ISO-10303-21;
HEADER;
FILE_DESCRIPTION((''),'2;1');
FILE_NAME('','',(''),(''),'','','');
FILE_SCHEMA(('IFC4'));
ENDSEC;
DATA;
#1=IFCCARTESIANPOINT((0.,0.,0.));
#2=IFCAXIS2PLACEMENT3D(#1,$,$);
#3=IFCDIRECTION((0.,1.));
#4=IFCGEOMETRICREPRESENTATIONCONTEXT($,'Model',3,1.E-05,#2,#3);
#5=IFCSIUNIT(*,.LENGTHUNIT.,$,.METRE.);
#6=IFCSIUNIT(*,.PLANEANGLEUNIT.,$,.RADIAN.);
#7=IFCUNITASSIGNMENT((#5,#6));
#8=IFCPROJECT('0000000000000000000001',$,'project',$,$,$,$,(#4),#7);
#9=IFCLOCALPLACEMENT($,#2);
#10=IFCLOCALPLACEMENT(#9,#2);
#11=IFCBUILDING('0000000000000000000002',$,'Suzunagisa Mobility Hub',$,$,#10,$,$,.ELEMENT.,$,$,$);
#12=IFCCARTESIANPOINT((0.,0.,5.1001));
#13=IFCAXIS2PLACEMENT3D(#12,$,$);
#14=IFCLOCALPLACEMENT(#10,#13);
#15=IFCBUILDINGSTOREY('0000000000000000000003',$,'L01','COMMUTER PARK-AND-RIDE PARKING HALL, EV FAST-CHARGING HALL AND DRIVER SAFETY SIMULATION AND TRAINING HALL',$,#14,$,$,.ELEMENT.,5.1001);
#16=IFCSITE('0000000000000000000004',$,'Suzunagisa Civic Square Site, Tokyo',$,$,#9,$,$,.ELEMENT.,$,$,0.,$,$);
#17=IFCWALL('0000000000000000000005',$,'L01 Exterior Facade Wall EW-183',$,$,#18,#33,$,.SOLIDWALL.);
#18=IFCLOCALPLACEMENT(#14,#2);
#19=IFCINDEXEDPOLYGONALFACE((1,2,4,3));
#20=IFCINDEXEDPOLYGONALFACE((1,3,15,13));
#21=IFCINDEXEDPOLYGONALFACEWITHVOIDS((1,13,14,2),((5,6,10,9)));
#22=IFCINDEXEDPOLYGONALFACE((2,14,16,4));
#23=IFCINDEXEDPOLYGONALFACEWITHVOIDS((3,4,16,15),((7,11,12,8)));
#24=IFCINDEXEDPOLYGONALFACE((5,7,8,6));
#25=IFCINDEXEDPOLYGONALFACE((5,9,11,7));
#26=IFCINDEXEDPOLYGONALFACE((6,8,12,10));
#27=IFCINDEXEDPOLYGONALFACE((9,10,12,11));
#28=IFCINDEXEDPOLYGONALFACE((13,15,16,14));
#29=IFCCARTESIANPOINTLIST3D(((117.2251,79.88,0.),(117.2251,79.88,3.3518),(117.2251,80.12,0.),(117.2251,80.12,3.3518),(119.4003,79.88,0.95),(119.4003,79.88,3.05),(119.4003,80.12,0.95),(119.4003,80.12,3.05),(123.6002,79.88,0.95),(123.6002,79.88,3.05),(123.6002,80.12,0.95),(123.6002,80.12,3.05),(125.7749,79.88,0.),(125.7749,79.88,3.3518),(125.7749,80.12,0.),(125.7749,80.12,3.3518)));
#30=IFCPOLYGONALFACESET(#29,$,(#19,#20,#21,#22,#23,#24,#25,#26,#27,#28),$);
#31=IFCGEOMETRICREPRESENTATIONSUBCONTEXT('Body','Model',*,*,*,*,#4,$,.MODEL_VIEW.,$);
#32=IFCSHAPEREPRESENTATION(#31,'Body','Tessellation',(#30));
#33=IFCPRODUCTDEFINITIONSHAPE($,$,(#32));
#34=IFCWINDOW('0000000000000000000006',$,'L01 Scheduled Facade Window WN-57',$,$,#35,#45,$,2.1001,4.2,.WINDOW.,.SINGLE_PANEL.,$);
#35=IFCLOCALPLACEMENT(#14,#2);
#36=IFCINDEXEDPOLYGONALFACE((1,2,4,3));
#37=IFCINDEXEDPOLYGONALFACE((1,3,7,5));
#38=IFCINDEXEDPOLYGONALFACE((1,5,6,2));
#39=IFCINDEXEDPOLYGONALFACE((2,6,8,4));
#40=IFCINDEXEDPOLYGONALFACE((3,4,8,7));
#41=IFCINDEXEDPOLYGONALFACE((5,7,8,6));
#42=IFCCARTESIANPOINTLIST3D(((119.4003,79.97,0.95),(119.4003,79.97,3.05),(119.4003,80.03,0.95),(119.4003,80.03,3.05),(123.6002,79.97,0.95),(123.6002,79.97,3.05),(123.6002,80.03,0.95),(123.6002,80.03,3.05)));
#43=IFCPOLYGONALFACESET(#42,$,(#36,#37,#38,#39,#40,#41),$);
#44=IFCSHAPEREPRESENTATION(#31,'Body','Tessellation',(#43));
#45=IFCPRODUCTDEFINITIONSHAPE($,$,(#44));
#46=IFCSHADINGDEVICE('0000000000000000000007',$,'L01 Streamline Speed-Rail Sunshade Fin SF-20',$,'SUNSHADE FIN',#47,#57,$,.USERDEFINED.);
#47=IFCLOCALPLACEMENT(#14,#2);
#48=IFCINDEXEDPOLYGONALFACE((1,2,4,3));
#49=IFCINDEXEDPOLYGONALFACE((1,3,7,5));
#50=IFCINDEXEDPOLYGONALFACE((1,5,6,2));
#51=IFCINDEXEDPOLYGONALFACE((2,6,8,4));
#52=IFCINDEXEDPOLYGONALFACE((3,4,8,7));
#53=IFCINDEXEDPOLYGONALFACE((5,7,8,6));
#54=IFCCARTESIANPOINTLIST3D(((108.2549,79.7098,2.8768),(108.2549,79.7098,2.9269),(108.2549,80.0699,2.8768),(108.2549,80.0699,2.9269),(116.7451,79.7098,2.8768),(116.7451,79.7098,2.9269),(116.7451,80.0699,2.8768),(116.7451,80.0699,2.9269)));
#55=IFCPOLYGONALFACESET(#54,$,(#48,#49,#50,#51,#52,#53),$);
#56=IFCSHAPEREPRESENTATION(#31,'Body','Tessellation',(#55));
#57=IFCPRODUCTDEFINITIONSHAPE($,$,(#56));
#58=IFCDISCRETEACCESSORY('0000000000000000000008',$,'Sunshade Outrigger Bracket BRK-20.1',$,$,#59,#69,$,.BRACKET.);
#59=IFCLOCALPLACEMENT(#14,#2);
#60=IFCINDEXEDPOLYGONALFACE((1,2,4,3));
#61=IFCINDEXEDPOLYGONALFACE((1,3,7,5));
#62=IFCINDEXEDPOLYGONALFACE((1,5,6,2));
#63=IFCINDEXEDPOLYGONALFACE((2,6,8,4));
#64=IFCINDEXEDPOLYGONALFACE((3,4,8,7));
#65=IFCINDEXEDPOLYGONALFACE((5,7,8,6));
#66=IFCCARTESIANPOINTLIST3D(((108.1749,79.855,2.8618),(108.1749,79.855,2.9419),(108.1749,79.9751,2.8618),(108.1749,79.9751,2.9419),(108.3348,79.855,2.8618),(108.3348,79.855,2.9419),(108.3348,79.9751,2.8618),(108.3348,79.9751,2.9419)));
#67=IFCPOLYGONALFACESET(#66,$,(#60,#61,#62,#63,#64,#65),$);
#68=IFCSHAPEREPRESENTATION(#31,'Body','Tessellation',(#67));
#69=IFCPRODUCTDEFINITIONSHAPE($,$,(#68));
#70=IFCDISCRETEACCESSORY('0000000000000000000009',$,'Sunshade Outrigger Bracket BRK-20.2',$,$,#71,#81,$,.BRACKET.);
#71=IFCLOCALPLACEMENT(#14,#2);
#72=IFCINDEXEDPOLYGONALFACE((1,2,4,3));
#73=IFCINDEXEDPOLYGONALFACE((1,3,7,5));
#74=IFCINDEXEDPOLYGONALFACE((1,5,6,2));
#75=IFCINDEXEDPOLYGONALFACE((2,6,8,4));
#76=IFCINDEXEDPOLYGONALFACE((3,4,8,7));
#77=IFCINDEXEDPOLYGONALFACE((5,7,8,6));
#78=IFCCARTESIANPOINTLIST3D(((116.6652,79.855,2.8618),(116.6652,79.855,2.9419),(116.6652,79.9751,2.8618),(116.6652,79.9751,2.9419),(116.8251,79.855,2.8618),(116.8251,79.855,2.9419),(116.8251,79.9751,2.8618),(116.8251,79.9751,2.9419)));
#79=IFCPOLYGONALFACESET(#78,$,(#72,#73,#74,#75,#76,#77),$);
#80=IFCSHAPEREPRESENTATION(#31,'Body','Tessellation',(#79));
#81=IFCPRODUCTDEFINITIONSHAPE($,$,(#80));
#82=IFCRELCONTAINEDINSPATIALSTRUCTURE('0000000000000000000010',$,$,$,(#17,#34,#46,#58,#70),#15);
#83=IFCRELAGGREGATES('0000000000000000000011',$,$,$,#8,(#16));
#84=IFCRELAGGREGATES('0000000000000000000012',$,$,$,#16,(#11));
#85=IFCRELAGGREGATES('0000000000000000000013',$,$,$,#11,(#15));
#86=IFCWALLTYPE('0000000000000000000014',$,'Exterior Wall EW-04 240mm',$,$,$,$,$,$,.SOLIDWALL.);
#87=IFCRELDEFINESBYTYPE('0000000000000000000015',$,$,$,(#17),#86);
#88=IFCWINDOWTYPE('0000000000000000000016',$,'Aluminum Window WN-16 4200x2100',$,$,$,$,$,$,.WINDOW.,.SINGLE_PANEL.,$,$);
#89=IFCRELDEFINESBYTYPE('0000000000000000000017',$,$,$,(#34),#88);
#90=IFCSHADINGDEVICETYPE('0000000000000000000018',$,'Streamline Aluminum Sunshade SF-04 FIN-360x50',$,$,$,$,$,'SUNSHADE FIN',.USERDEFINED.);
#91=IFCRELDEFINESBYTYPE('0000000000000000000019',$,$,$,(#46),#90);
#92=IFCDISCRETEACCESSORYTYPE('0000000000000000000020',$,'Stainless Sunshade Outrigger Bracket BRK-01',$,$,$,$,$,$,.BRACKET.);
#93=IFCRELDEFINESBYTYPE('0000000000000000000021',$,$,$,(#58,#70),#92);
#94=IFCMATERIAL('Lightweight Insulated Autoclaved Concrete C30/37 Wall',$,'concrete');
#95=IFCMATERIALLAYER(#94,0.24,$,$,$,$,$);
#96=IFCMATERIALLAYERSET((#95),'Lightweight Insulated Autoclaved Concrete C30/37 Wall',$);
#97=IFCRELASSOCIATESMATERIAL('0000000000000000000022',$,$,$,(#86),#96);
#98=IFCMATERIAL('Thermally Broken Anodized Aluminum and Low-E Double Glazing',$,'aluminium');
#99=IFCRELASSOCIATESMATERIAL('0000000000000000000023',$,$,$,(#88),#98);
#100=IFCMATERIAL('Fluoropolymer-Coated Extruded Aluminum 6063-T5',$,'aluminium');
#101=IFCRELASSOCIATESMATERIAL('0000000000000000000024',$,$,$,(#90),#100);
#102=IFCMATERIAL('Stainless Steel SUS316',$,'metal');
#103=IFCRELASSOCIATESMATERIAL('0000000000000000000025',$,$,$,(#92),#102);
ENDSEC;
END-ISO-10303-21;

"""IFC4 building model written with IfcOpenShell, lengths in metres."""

from ifc_helpers import new_model, si_unit, direction, frame, frame_2d, origin, origin_2d, place, context, subcontext, project, spatial, rectangle, extrude, material, layer, layer_set, material_profile, profile_set, type_object, element, fill, save


model = new_model("IFC4")

# Units and contexts
model_context = context("Model", 3, precision=1e-05, world=origin(), true_north=direction((0.0, 1.0)))
body_context = subcontext(model_context, "Body", "Model", "MODEL_VIEW")
ifc_project = project(units=[si_unit("LENGTHUNIT", "METRE"), si_unit("PLANEANGLEUNIT", "RADIAN")], contexts=[model_context])

# Site, building, storey
site_placement = place(None, origin())
site = spatial("IfcSite", under=ifc_project, at=site_placement, Name="Suzunagisa Civic Square Site, Tokyo", CompositionType="ELEMENT", RefElevation=0.0)
building_placement = place(site_placement, origin())
building = spatial("IfcBuilding", under=site, at=building_placement, Name="Suzunagisa Mobility Hub", CompositionType="ELEMENT")
storey_placement = place(building_placement, frame((0.0, 0.0, 5.1001)))
storey = spatial("IfcBuildingStorey", under=building, at=storey_placement, Name="L01", Description="COMMUTER PARK-AND-RIDE PARKING HALL, EV FAST-CHARGING HALL AND DRIVER SAFETY SIMULATION AND TRAINING HALL", CompositionType="ELEMENT", Elevation=5.1001)

# Wall, opening, window
ifc_material_1 = material(Name="Lightweight Insulated Autoclaved Concrete C30/37 Wall", Category="concrete")
ifc_layer_1 = layer(ifc_material_1, 0.24)
ifc_layer_set_1 = layer_set([ifc_layer_1], Name="Lightweight Insulated Autoclaved Concrete C30/37 Wall")
wall_type = type_object("IfcWallType", Name="Exterior Wall EW-04 240mm", PredefinedType="SOLIDWALL", material=ifc_layer_set_1)
wall_placement = place(storey_placement, frame((117.2251, 80.0, 0.0), z_axis=(0.0, 0.0, 1.0), x_axis=(1.0, 0.0, 0.0)))
wall = element("IfcWall", 1, at=wall_placement, inside=storey, type_object=wall_type, Name="L01 Exterior Facade Wall EW-183", PredefinedType="SOLIDWALL", context=body_context, shape_type="SweptSolid", body=[
    extrude(rectangle(XDim=8.5498, YDim=0.24, at=frame_2d((4.2749, 0.0))), origin(), (0.0, 0.0, 1.0), 3.3518),
])
opening_placement = place(wall_placement, frame((2.175, 0.0, 0.95)))
opening = element("IfcOpeningElement", 2, at=opening_placement, cuts=wall, PredefinedType="OPENING", context=body_context, shape_type="SweptSolid", body=[
    extrude(rectangle(XDim=4.2, YDim=2.1001, at=frame_2d((2.1001, 1.05))), frame((0.0, 0.1309, 0.0), z_axis=(0.0, -1.0, 0.0), x_axis=(1.0, 0.0, 0.0)), (0.0, 0.0, 1.0), 0.262),
])
ifc_material_2 = material(Name="Thermally Broken Anodized Aluminum and Low-E Double Glazing", Category="aluminium")
window_type = type_object("IfcWindowType", Name="Aluminum Window WN-16 4200x2100", PartitioningType="SINGLE_PANEL", PredefinedType="WINDOW", material=ifc_material_2)
window_placement = place(opening_placement, origin())
window = element("IfcWindow", 3, at=window_placement, inside=storey, type_object=window_type, Name="L01 Scheduled Facade Window WN-57", OverallHeight=2.1001, OverallWidth=4.2, PartitioningType="SINGLE_PANEL", PredefinedType="WINDOW", context=body_context, shape_type="SweptSolid", body=[
    extrude(rectangle(XDim=4.2, YDim=2.1001, at=frame_2d((2.1001, 1.05))), frame((0.0, 0.03, 0.0), z_axis=(0.0, -1.0, 0.0), x_axis=(1.0, 0.0, 0.0)), (0.0, 0.0, 1.0), 0.0601),
])
fill(opening, window)

# Shading device
ifc_material_3 = material(Name="Fluoropolymer-Coated Extruded Aluminum 6063-T5", Category="aluminium")
ifc_material_profile_1 = material_profile(ifc_material_3, rectangle(XDim=0.3601, YDim=0.05, at=origin_2d()), Name="FIN-360x50")
ifc_profile_set_1 = profile_set([ifc_material_profile_1], Name="Fluoropolymer-Coated Extruded Aluminum 6063-T5")
shading_device_type = type_object("IfcShadingDeviceType", Name="Streamline Aluminum Sunshade SF-04 FIN-360x50", ElementType="SUNSHADE FIN", PredefinedType="USERDEFINED", material=ifc_profile_set_1)
shading_device_placement = place(storey_placement, frame((108.2549, 79.8899, 2.9019), z_axis=(1.0, 0.0, 0.0), x_axis=(0.0, 1.0, 0.0)))
element("IfcShadingDevice", 4, at=shading_device_placement, inside=storey, type_object=shading_device_type, Name="L01 Streamline Speed-Rail Sunshade Fin SF-20", ObjectType="SUNSHADE FIN", PredefinedType="USERDEFINED", context=body_context, shape_type="SweptSolid", body=[
    extrude(rectangle(XDim=0.3601, YDim=0.05, at=origin_2d()), origin(), (0.0, 0.0, 1.0), 8.4902),
])

# Discrete accessories
ifc_material_4 = material(Name="Stainless Steel SUS316", Category="metal")
discrete_accessory_type = type_object("IfcDiscreteAccessoryType", Name="Stainless Sunshade Outrigger Bracket BRK-01", PredefinedType="BRACKET", material=ifc_material_4)
for number, where, z_axis, x_axis, name in (
    (5, (108.2549, 79.915, 2.8618), (0.0, 0.0, 1.0), (1.0, 0.0, 0.0), "Sunshade Outrigger Bracket BRK-20.1"),
    (6, (116.7451, 79.915, 2.8618), (0.0, 0.0, 1.0), (1.0, 0.0, 0.0), "Sunshade Outrigger Bracket BRK-20.2"),
):
    element("IfcDiscreteAccessory", number, at=place(storey_placement, frame(where, z_axis=z_axis, x_axis=x_axis)), inside=storey, type_object=discrete_accessory_type, Name=name, PredefinedType="BRACKET", context=body_context, shape_type="SweptSolid", body=[
        extrude(rectangle(XDim=0.1599, YDim=0.1201, at=origin_2d()), origin(), (0.0, 0.0, 1.0), 0.0801),
    ])

save(model, "model.ifc")
